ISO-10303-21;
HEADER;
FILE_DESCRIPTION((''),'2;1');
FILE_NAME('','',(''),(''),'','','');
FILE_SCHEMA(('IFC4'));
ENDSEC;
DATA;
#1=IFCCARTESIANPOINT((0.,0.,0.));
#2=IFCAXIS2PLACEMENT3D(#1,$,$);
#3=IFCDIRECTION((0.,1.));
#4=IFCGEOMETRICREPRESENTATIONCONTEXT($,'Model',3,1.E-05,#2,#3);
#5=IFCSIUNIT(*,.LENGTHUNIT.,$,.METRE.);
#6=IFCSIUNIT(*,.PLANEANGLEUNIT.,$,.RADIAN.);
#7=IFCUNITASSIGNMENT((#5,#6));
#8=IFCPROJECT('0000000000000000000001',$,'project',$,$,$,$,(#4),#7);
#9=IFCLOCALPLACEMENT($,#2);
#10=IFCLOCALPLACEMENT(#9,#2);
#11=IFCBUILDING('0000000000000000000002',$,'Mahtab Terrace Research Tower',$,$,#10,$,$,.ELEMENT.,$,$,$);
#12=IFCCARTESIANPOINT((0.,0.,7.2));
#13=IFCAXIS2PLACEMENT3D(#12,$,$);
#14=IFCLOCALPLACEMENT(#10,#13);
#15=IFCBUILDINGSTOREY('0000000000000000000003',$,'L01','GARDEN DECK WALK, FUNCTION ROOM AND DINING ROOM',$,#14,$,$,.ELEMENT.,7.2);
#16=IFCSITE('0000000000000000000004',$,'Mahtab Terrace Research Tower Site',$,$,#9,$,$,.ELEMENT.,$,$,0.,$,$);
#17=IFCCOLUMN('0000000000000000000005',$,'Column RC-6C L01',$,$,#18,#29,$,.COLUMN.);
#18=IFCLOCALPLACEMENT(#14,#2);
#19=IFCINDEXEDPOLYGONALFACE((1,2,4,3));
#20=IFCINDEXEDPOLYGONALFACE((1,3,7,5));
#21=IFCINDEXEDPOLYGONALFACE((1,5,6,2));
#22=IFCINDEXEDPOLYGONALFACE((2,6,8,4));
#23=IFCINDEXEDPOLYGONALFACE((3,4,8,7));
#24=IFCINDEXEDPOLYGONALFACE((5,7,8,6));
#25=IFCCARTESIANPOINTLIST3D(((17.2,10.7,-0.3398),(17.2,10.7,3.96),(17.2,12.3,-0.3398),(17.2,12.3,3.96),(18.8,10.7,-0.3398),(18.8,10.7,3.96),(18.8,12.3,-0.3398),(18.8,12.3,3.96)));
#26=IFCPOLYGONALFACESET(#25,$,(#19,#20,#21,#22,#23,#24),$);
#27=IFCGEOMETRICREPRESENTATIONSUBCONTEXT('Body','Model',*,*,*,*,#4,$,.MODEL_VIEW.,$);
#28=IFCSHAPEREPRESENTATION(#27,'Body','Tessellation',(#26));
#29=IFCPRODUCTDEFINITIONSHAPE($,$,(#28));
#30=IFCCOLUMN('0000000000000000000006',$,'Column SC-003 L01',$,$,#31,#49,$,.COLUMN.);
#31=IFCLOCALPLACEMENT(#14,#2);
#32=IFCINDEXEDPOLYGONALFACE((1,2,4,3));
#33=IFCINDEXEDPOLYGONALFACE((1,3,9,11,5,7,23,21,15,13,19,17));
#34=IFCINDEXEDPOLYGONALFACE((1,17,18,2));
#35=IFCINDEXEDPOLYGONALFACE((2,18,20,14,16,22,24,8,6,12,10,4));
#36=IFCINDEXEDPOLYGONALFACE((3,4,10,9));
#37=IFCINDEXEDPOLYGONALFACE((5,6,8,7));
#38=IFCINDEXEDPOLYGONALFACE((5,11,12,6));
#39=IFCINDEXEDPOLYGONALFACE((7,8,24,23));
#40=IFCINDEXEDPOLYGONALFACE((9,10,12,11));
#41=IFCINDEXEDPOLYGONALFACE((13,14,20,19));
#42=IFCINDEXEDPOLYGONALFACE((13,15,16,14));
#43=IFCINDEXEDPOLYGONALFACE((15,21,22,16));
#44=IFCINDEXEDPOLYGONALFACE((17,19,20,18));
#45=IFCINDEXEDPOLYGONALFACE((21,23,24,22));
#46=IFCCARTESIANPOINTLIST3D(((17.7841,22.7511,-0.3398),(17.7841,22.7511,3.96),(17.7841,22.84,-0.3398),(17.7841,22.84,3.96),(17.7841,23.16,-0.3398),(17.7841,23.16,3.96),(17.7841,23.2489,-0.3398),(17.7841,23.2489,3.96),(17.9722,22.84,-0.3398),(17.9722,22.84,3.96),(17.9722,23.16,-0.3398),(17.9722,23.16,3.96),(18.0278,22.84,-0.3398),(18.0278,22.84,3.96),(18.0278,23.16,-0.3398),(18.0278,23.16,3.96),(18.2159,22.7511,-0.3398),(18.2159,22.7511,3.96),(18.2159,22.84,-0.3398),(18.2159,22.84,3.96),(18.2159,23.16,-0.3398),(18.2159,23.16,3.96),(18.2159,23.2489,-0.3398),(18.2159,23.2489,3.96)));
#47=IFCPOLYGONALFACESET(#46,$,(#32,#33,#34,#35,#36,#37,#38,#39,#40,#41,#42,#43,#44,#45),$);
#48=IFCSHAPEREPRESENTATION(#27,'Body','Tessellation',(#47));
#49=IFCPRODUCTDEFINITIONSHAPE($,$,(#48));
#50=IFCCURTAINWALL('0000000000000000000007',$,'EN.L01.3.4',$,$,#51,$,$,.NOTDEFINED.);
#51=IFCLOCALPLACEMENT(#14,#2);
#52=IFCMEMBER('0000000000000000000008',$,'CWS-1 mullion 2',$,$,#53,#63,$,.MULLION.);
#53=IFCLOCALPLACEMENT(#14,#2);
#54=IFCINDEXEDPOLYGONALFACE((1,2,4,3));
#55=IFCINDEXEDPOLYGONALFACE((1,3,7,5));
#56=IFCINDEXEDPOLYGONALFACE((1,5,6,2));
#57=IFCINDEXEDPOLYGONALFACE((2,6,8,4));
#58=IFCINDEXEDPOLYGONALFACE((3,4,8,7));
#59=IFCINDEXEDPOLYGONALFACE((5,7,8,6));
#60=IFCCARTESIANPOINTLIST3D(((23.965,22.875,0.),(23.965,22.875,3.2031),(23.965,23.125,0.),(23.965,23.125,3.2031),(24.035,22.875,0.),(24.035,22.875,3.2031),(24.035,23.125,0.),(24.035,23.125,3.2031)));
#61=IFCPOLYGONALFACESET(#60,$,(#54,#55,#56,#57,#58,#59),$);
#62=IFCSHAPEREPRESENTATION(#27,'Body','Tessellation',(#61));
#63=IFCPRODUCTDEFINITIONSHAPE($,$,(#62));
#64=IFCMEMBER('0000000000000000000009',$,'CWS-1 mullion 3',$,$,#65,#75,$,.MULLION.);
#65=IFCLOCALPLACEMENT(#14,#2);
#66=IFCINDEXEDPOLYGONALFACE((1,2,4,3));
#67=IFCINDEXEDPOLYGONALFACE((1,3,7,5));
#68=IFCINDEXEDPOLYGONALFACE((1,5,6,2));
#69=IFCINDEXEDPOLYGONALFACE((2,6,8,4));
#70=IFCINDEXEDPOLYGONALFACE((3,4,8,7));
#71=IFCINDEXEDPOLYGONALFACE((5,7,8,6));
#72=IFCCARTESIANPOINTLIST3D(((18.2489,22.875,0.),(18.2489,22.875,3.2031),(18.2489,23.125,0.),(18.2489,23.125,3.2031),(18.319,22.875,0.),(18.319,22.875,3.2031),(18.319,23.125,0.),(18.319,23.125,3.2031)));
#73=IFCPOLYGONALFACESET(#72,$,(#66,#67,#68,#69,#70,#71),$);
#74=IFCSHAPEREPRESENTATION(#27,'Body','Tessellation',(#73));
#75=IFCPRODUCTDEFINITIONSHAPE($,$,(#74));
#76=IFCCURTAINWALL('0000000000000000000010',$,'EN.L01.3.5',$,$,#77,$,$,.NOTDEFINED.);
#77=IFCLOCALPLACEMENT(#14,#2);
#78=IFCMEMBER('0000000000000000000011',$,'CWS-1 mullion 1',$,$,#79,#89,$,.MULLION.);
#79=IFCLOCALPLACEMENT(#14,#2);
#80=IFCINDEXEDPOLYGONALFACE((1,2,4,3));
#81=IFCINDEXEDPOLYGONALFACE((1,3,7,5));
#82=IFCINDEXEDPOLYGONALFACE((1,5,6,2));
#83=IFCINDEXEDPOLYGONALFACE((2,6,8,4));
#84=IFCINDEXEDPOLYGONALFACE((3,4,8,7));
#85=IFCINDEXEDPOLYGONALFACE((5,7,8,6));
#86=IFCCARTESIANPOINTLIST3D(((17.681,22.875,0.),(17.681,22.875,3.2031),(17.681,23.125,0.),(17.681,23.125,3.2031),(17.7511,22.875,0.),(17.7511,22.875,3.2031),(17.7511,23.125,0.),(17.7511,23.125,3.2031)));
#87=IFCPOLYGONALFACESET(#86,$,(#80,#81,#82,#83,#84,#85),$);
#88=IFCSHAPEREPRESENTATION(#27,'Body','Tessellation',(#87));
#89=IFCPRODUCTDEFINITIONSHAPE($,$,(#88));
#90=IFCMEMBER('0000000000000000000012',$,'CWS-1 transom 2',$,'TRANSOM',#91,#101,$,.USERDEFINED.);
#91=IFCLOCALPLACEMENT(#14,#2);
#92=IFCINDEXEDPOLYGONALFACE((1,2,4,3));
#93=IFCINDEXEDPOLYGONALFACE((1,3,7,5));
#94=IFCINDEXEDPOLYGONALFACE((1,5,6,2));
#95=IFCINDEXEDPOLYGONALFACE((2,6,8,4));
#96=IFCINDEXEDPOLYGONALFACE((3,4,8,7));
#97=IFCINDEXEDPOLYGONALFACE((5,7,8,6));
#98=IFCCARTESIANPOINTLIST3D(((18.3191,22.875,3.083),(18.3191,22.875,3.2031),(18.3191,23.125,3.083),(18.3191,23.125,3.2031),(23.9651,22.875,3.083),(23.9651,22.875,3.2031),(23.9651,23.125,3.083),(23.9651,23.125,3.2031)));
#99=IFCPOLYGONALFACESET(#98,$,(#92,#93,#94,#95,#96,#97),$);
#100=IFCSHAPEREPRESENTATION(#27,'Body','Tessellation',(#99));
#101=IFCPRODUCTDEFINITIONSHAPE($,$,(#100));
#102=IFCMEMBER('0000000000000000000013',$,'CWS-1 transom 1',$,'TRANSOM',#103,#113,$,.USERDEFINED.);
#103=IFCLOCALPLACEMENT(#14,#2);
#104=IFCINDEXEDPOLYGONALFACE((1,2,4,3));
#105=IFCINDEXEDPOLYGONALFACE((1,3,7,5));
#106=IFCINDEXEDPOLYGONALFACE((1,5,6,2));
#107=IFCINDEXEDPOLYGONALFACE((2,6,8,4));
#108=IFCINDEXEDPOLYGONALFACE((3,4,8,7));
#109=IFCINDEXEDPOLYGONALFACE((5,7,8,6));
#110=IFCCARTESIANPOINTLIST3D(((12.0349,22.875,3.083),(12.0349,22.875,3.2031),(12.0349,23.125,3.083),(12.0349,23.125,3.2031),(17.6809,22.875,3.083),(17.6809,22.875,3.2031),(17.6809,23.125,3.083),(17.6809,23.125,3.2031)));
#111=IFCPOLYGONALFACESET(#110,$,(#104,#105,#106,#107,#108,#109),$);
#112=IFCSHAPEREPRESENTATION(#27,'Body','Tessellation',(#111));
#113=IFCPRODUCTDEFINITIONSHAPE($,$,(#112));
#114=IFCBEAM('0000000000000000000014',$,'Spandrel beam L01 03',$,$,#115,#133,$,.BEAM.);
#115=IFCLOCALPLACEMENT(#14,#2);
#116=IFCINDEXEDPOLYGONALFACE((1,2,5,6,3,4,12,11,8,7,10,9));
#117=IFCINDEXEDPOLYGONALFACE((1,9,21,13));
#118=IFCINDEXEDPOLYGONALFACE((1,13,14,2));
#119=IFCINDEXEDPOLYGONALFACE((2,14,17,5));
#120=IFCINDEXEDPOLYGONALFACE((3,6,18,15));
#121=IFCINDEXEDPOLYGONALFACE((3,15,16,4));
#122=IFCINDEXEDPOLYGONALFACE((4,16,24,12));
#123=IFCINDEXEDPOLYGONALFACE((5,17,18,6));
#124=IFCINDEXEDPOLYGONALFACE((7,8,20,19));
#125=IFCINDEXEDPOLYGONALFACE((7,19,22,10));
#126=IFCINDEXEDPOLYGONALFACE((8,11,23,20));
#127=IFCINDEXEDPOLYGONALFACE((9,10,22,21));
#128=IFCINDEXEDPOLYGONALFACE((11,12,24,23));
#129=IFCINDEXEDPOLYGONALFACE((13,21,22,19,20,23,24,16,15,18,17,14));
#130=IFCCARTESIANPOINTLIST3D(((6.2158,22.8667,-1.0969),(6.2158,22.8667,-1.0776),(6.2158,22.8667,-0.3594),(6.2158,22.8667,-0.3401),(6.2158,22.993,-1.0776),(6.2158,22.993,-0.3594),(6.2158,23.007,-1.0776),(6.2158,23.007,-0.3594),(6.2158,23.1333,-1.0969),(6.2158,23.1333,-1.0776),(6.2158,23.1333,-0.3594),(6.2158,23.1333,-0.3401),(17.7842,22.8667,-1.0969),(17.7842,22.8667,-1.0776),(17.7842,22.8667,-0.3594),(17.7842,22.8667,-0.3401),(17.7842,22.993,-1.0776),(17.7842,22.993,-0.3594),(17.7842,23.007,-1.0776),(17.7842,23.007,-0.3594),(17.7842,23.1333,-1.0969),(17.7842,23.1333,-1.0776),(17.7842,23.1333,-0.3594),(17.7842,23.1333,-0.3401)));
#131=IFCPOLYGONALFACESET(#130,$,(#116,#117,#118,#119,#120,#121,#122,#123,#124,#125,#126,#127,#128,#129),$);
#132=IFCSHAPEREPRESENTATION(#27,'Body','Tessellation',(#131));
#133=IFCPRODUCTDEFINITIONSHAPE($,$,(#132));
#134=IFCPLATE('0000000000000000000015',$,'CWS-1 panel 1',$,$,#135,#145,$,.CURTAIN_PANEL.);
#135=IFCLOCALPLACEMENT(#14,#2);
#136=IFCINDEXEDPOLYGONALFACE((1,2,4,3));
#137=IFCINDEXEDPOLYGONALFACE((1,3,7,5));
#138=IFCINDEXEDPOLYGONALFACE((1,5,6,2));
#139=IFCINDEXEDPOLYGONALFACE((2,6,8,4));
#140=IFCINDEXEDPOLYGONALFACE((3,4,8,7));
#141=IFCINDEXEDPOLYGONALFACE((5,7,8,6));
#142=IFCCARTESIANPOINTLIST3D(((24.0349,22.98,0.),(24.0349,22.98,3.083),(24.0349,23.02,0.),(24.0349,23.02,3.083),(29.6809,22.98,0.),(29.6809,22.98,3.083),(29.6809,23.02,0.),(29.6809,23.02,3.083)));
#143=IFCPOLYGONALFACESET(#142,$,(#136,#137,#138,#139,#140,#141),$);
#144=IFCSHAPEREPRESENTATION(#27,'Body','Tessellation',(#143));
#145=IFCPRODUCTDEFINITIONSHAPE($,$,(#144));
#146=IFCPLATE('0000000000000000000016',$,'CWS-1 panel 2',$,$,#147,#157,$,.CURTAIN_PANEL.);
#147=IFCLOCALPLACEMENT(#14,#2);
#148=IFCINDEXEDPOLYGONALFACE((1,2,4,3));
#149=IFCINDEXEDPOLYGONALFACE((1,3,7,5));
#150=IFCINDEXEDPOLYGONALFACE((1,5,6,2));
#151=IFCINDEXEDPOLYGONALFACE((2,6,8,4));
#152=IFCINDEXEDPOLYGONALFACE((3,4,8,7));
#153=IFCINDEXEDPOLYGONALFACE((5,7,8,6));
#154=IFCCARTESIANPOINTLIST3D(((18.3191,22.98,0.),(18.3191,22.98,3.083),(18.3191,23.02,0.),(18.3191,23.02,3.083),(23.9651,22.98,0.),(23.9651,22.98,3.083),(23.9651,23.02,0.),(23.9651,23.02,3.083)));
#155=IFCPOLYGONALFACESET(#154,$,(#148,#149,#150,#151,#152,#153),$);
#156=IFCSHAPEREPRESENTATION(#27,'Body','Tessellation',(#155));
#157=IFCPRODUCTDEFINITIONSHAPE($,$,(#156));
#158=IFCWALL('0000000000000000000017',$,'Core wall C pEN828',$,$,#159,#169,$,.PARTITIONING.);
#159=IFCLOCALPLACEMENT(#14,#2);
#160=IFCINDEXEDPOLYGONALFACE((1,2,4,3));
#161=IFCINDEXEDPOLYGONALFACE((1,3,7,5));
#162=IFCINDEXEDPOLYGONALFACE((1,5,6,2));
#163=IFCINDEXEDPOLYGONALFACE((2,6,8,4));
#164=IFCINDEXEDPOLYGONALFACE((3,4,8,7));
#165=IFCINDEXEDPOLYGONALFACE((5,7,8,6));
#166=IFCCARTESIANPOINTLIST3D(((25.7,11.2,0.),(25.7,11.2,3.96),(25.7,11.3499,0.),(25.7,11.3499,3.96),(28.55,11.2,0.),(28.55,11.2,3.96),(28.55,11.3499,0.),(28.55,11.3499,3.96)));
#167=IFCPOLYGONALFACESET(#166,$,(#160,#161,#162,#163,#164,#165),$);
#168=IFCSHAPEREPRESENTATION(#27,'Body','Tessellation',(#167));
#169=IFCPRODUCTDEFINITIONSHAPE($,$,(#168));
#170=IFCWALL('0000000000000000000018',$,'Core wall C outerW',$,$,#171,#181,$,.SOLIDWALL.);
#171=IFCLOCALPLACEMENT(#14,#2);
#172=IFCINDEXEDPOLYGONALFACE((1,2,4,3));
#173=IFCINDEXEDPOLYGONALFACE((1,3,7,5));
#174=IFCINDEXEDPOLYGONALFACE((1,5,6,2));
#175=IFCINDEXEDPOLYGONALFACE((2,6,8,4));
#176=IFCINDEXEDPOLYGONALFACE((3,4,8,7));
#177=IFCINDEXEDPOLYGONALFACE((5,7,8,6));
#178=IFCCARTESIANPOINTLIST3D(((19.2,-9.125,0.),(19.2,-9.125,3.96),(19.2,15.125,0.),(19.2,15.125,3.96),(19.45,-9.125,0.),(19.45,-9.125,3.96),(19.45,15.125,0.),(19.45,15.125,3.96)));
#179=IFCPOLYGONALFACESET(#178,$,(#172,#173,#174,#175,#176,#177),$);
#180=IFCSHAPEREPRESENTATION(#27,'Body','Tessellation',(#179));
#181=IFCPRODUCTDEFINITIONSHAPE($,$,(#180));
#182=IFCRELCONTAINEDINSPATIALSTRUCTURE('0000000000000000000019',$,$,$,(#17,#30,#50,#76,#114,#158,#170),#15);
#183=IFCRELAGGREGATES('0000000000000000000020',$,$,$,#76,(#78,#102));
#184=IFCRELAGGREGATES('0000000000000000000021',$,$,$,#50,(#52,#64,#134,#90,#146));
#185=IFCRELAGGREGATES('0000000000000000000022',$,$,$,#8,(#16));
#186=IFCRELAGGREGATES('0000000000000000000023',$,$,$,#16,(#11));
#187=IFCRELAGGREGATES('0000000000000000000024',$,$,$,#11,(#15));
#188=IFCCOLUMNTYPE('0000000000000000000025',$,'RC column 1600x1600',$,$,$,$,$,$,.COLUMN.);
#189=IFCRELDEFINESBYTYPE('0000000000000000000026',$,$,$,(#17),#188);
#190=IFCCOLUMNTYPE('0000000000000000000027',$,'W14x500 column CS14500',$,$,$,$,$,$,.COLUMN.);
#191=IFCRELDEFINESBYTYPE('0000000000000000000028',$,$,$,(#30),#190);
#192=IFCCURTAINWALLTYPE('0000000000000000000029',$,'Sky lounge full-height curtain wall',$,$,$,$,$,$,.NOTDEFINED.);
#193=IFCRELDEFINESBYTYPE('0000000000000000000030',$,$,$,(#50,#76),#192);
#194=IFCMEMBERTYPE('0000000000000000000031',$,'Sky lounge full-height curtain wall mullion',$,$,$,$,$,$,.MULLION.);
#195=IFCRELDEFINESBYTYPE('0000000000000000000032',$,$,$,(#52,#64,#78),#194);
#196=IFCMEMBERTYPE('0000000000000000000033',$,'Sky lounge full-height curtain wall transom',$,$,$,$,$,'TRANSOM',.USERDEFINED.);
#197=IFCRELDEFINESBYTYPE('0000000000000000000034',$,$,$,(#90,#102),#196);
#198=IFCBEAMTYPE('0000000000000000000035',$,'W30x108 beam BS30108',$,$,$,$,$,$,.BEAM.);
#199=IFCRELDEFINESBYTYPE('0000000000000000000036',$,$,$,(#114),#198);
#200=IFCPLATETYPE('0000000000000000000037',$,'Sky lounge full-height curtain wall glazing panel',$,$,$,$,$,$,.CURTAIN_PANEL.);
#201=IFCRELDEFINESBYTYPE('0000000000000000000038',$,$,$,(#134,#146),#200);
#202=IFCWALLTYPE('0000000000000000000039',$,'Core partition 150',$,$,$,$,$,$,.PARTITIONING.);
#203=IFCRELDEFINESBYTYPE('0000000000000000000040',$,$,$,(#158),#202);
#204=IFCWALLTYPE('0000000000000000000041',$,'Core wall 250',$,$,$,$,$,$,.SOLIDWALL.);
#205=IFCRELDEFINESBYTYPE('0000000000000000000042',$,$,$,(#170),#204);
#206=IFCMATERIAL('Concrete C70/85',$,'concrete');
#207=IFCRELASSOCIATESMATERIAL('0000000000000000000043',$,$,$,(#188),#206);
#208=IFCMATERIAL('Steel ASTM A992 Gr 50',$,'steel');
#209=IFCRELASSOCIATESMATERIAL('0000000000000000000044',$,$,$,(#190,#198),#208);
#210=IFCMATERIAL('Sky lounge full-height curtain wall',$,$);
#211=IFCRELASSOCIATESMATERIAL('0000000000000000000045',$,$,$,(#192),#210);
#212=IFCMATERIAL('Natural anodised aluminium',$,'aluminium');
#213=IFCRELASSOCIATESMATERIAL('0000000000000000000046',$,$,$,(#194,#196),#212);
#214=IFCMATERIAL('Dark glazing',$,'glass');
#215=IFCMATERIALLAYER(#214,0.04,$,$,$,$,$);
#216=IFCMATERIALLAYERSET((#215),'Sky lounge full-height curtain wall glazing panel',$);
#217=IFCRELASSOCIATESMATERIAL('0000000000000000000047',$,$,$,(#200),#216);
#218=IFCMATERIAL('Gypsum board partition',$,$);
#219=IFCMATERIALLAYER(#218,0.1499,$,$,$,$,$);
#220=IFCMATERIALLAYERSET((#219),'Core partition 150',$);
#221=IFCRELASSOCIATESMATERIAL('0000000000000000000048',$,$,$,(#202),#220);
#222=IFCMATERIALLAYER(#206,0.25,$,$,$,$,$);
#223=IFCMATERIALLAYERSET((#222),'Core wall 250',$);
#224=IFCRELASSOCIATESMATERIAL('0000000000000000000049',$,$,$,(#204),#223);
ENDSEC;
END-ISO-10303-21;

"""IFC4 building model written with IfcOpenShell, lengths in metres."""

from ifc_helpers import new_model, si_unit, direction, frame, frame_2d, origin, origin_2d, place, context, subcontext, project, spatial, rectangle, i_section, extrude, material, layer, layer_set, material_profile, profile_set, type_object, element, aggregate, save


model = new_model("IFC4")

# Units and contexts
model_context = context("Model", 3, precision=1e-05, world=origin(), true_north=direction((0.0, 1.0)))
body_context = subcontext(model_context, "Body", "Model", "MODEL_VIEW")
ifc_project = project(units=[si_unit("LENGTHUNIT", "METRE"), si_unit("PLANEANGLEUNIT", "RADIAN")], contexts=[model_context])

# Site, building, storey
site_placement = place(None, origin())
site = spatial("IfcSite", under=ifc_project, at=site_placement, Name="Mahtab Terrace Research Tower Site", CompositionType="ELEMENT", RefElevation=0.0)
building_placement = place(site_placement, origin())
building = spatial("IfcBuilding", under=site, at=building_placement, Name="Mahtab Terrace Research Tower", CompositionType="ELEMENT")
storey_placement = place(building_placement, frame((0.0, 0.0, 7.2)))
storey = spatial("IfcBuildingStorey", under=building, at=storey_placement, Name="L01", Description="GARDEN DECK WALK, FUNCTION ROOM AND DINING ROOM", CompositionType="ELEMENT", Elevation=7.2)

# Columns
ifc_material_1 = material(Name="Concrete C70/85", Category="concrete")
ifc_material_profile_1 = material_profile(ifc_material_1, rectangle(XDim=1.6001, YDim=1.6001, at=origin_2d()), Name="RC column 1600x1600")
ifc_profile_set_1 = profile_set([ifc_material_profile_1], Name="Concrete C70/85")
column_type_1 = type_object("IfcColumnType", Name="RC column 1600x1600", PredefinedType="COLUMN", material=ifc_profile_set_1)
column_1_placement = place(storey_placement, frame((18.0, 11.5, -0.3398), z_axis=(0.0, 0.0, 1.0), x_axis=(1.0, 0.0, 0.0)))
element("IfcColumn", 1, at=column_1_placement, inside=storey, type_object=column_type_1, Name="Column RC-6C L01", PredefinedType="COLUMN", context=body_context, shape_type="SweptSolid", body=[
    extrude(rectangle(XDim=1.6001, YDim=1.6001, at=origin_2d()), origin(), (0.0, 0.0, 1.0), 4.2998),
])
ifc_material_2 = material(Name="Steel ASTM A992 Gr 50", Category="steel")
ifc_material_profile_2 = material_profile(ifc_material_2, i_section(OverallWidth=0.4319, OverallDepth=0.4978, WebThickness=0.0557, FlangeThickness=0.0889, at=origin_2d()), Name="W14X500")
ifc_profile_set_2 = profile_set([ifc_material_profile_2], Name="Steel ASTM A992 Gr 50")
column_type_2 = type_object("IfcColumnType", Name="W14x500 column CS14500", PredefinedType="COLUMN", material=ifc_profile_set_2)
column_2_placement = place(storey_placement, frame((18.0, 23.0, -0.3398), z_axis=(0.0, 0.0, 1.0), x_axis=(1.0, 0.0, 0.0)))
element("IfcColumn", 2, at=column_2_placement, inside=storey, type_object=column_type_2, Name="Column SC-003 L01", PredefinedType="COLUMN", context=body_context, shape_type="SweptSolid", body=[
    extrude(i_section(OverallWidth=0.4319, OverallDepth=0.4978, WebThickness=0.0557, FlangeThickness=0.0889, at=origin_2d()), origin(), (0.0, 0.0, 1.0), 4.2998),
])

# Curtain wall, members
ifc_material_3 = material(Name="Sky lounge full-height curtain wall")
curtain_wall_type = type_object("IfcCurtainWallType", Name="Sky lounge full-height curtain wall", PredefinedType="NOTDEFINED", material=ifc_material_3)
curtain_wall_1_placement = place(storey_placement, origin())
curtain_wall_1 = element("IfcCurtainWall", 3, at=curtain_wall_1_placement, inside=storey, type_object=curtain_wall_type, Name="EN.L01.3.4", PredefinedType="NOTDEFINED")
ifc_material_4 = material(Name="Natural anodised aluminium", Category="aluminium")
ifc_material_profile_3 = material_profile(ifc_material_4, rectangle(XDim=0.25, YDim=0.0701, at=origin_2d()), Name="MULLION 70x250")
ifc_profile_set_3 = profile_set([ifc_material_profile_3], Name="Natural anodised aluminium")
member_type_1 = type_object("IfcMemberType", Name="Sky lounge full-height curtain wall mullion", PredefinedType="MULLION", material=ifc_profile_set_3)
member_1_placement = place(storey_placement, frame((24.0, 23.0, 0.0), z_axis=(0.0, 0.0, 1.0), x_axis=(0.0, -1.0, 0.0)))
member_1 = element("IfcMember", 4, at=member_1_placement, type_object=member_type_1, Name="CWS-1 mullion 2", PredefinedType="MULLION", context=body_context, shape_type="SweptSolid", body=[
    extrude(rectangle(XDim=0.25, YDim=0.0701, at=origin_2d()), origin(), (0.0, 0.0, 1.0), 3.2031),
])
member_2_placement = place(storey_placement, frame((18.2839, 23.0, 0.0), z_axis=(0.0, 0.0, 1.0), x_axis=(0.0, -1.0, 0.0)))
member_2 = element("IfcMember", 5, at=member_2_placement, type_object=member_type_1, Name="CWS-1 mullion 3", PredefinedType="MULLION", context=body_context, shape_type="SweptSolid", body=[
    extrude(rectangle(XDim=0.25, YDim=0.0701, at=origin_2d()), origin(), (0.0, 0.0, 1.0), 3.2031),
])

# Curtain wall, member
curtain_wall_2_placement = place(storey_placement, origin())
curtain_wall_2 = element("IfcCurtainWall", 6, at=curtain_wall_2_placement, inside=storey, type_object=curtain_wall_type, Name="EN.L01.3.5", PredefinedType="NOTDEFINED")
member_3_placement = place(storey_placement, frame((17.7161, 23.0, 0.0), z_axis=(0.0, 0.0, 1.0), x_axis=(0.0, -1.0, 0.0)))
member_3 = element("IfcMember", 7, at=member_3_placement, type_object=member_type_1, Name="CWS-1 mullion 1", PredefinedType="MULLION", context=body_context, shape_type="SweptSolid", body=[
    extrude(rectangle(XDim=0.25, YDim=0.0701, at=origin_2d()), origin(), (0.0, 0.0, 1.0), 3.2031),
])

# Members
ifc_material_profile_4 = material_profile(ifc_material_4, rectangle(XDim=0.25, YDim=0.1201, at=origin_2d()), Name="TRANSOM 120x250")
ifc_profile_set_4 = profile_set([ifc_material_profile_4], Name="Natural anodised aluminium")
member_type_2 = type_object("IfcMemberType", Name="Sky lounge full-height curtain wall transom", ElementType="TRANSOM", PredefinedType="USERDEFINED", material=ifc_profile_set_4)
member_4_placement = place(storey_placement, frame((23.9651, 23.0, 3.1431), z_axis=(-1.0, 0.0, 0.0), x_axis=(0.0, -1.0, 0.0)))
member_4 = element("IfcMember", 8, at=member_4_placement, type_object=member_type_2, Name="CWS-1 transom 2", ObjectType="TRANSOM", PredefinedType="USERDEFINED", context=body_context, shape_type="SweptSolid", body=[
    extrude(rectangle(XDim=0.25, YDim=0.1201, at=origin_2d()), origin(), (0.0, 0.0, 1.0), 5.646),
])
member_5_placement = place(storey_placement, frame((17.6809, 23.0, 3.1431), z_axis=(-1.0, 0.0, 0.0), x_axis=(0.0, -1.0, 0.0)))
member_5 = element("IfcMember", 9, at=member_5_placement, type_object=member_type_2, Name="CWS-1 transom 1", ObjectType="TRANSOM", PredefinedType="USERDEFINED", context=body_context, shape_type="SweptSolid", body=[
    extrude(rectangle(XDim=0.25, YDim=0.1201, at=origin_2d()), origin(), (0.0, 0.0, 1.0), 5.646),
])
aggregate(curtain_wall_2, [member_3, member_5])

# Beam
ifc_material_profile_5 = material_profile(ifc_material_2, i_section(OverallWidth=0.2666, OverallDepth=0.7568, WebThickness=0.0139, FlangeThickness=0.0193, at=origin_2d()), Name="W30X108")
ifc_profile_set_5 = profile_set([ifc_material_profile_5], Name="Steel ASTM A992 Gr 50")
beam_type = type_object("IfcBeamType", Name="W30x108 beam BS30108", PredefinedType="BEAM", material=ifc_profile_set_5)
beam_placement = place(storey_placement, frame((17.7842, 23.0, -0.7185), z_axis=(-1.0, 0.0, 0.0), x_axis=(0.0, -1.0, 0.0)))
element("IfcBeam", 10, at=beam_placement, inside=storey, type_object=beam_type, Name="Spandrel beam L01 03", PredefinedType="BEAM", context=body_context, shape_type="SweptSolid", body=[
    extrude(i_section(OverallWidth=0.2666, OverallDepth=0.7568, WebThickness=0.0139, FlangeThickness=0.0193, at=origin_2d()), origin(), (0.0, 0.0, 1.0), 11.5684),
])

# Plates
ifc_material_5 = material(Name="Dark glazing", Category="glass")
ifc_layer_1 = layer(ifc_material_5, 0.04)
ifc_layer_set_1 = layer_set([ifc_layer_1], Name="Sky lounge full-height curtain wall glazing panel")
plate_type = type_object("IfcPlateType", Name="Sky lounge full-height curtain wall glazing panel", PredefinedType="CURTAIN_PANEL", material=ifc_layer_set_1)
plate_1_placement = place(storey_placement, frame((26.8579, 23.0, 0.0), z_axis=(0.0, 0.0, 1.0), x_axis=(-1.0, 0.0, 0.0)))
plate_1 = element("IfcPlate", 11, at=plate_1_placement, type_object=plate_type, Name="CWS-1 panel 1", PredefinedType="CURTAIN_PANEL", context=body_context, shape_type="SweptSolid", body=[
    extrude(rectangle(XDim=5.646, YDim=0.04, at=origin_2d()), origin(), (0.0, 0.0, 1.0), 3.083),
])
plate_2_placement = place(storey_placement, frame((21.1421, 23.0, 0.0), z_axis=(0.0, 0.0, 1.0), x_axis=(-1.0, 0.0, 0.0)))
plate_2 = element("IfcPlate", 12, at=plate_2_placement, type_object=plate_type, Name="CWS-1 panel 2", PredefinedType="CURTAIN_PANEL", context=body_context, shape_type="SweptSolid", body=[
    extrude(rectangle(XDim=5.646, YDim=0.04, at=origin_2d()), origin(), (0.0, 0.0, 1.0), 3.083),
])
aggregate(curtain_wall_1, [member_1, member_2, plate_1, member_4, plate_2])

# Walls
ifc_material_6 = material(Name="Gypsum board partition")
ifc_layer_2 = layer(ifc_material_6, 0.1499)
ifc_layer_set_2 = layer_set([ifc_layer_2], Name="Core partition 150")
wall_type_1 = type_object("IfcWallType", Name="Core partition 150", PredefinedType="PARTITIONING", material=ifc_layer_set_2)
wall_1_placement = place(storey_placement, frame((25.7, 11.2749, 0.0), z_axis=(0.0, 0.0, 1.0), x_axis=(1.0, 0.0, 0.0)))
element("IfcWall", 13, at=wall_1_placement, inside=storey, type_object=wall_type_1, Name="Core wall C pEN828", PredefinedType="PARTITIONING", context=body_context, shape_type="SweptSolid", body=[
    extrude(rectangle(XDim=2.8501, YDim=0.1499, at=frame_2d((1.425, 0.0))), origin(), (0.0, 0.0, 1.0), 3.96),
])
ifc_layer_3 = layer(ifc_material_1, 0.25)
ifc_layer_set_3 = layer_set([ifc_layer_3], Name="Core wall 250")
wall_type_2 = type_object("IfcWallType", Name="Core wall 250", PredefinedType="SOLIDWALL", material=ifc_layer_set_3)
wall_2_placement = place(storey_placement, frame((19.325, 15.125, 0.0), z_axis=(0.0, 0.0, 1.0), x_axis=(0.0, -1.0, 0.0)))
element("IfcWall", 14, at=wall_2_placement, inside=storey, type_object=wall_type_2, Name="Core wall C outerW", PredefinedType="SOLIDWALL", context=body_context, shape_type="SweptSolid", body=[
    extrude(rectangle(XDim=24.25, YDim=0.25, at=frame_2d((12.125, 0.0))), origin(), (0.0, 0.0, 1.0), 3.96),
])

save(model, "model.ifc")
